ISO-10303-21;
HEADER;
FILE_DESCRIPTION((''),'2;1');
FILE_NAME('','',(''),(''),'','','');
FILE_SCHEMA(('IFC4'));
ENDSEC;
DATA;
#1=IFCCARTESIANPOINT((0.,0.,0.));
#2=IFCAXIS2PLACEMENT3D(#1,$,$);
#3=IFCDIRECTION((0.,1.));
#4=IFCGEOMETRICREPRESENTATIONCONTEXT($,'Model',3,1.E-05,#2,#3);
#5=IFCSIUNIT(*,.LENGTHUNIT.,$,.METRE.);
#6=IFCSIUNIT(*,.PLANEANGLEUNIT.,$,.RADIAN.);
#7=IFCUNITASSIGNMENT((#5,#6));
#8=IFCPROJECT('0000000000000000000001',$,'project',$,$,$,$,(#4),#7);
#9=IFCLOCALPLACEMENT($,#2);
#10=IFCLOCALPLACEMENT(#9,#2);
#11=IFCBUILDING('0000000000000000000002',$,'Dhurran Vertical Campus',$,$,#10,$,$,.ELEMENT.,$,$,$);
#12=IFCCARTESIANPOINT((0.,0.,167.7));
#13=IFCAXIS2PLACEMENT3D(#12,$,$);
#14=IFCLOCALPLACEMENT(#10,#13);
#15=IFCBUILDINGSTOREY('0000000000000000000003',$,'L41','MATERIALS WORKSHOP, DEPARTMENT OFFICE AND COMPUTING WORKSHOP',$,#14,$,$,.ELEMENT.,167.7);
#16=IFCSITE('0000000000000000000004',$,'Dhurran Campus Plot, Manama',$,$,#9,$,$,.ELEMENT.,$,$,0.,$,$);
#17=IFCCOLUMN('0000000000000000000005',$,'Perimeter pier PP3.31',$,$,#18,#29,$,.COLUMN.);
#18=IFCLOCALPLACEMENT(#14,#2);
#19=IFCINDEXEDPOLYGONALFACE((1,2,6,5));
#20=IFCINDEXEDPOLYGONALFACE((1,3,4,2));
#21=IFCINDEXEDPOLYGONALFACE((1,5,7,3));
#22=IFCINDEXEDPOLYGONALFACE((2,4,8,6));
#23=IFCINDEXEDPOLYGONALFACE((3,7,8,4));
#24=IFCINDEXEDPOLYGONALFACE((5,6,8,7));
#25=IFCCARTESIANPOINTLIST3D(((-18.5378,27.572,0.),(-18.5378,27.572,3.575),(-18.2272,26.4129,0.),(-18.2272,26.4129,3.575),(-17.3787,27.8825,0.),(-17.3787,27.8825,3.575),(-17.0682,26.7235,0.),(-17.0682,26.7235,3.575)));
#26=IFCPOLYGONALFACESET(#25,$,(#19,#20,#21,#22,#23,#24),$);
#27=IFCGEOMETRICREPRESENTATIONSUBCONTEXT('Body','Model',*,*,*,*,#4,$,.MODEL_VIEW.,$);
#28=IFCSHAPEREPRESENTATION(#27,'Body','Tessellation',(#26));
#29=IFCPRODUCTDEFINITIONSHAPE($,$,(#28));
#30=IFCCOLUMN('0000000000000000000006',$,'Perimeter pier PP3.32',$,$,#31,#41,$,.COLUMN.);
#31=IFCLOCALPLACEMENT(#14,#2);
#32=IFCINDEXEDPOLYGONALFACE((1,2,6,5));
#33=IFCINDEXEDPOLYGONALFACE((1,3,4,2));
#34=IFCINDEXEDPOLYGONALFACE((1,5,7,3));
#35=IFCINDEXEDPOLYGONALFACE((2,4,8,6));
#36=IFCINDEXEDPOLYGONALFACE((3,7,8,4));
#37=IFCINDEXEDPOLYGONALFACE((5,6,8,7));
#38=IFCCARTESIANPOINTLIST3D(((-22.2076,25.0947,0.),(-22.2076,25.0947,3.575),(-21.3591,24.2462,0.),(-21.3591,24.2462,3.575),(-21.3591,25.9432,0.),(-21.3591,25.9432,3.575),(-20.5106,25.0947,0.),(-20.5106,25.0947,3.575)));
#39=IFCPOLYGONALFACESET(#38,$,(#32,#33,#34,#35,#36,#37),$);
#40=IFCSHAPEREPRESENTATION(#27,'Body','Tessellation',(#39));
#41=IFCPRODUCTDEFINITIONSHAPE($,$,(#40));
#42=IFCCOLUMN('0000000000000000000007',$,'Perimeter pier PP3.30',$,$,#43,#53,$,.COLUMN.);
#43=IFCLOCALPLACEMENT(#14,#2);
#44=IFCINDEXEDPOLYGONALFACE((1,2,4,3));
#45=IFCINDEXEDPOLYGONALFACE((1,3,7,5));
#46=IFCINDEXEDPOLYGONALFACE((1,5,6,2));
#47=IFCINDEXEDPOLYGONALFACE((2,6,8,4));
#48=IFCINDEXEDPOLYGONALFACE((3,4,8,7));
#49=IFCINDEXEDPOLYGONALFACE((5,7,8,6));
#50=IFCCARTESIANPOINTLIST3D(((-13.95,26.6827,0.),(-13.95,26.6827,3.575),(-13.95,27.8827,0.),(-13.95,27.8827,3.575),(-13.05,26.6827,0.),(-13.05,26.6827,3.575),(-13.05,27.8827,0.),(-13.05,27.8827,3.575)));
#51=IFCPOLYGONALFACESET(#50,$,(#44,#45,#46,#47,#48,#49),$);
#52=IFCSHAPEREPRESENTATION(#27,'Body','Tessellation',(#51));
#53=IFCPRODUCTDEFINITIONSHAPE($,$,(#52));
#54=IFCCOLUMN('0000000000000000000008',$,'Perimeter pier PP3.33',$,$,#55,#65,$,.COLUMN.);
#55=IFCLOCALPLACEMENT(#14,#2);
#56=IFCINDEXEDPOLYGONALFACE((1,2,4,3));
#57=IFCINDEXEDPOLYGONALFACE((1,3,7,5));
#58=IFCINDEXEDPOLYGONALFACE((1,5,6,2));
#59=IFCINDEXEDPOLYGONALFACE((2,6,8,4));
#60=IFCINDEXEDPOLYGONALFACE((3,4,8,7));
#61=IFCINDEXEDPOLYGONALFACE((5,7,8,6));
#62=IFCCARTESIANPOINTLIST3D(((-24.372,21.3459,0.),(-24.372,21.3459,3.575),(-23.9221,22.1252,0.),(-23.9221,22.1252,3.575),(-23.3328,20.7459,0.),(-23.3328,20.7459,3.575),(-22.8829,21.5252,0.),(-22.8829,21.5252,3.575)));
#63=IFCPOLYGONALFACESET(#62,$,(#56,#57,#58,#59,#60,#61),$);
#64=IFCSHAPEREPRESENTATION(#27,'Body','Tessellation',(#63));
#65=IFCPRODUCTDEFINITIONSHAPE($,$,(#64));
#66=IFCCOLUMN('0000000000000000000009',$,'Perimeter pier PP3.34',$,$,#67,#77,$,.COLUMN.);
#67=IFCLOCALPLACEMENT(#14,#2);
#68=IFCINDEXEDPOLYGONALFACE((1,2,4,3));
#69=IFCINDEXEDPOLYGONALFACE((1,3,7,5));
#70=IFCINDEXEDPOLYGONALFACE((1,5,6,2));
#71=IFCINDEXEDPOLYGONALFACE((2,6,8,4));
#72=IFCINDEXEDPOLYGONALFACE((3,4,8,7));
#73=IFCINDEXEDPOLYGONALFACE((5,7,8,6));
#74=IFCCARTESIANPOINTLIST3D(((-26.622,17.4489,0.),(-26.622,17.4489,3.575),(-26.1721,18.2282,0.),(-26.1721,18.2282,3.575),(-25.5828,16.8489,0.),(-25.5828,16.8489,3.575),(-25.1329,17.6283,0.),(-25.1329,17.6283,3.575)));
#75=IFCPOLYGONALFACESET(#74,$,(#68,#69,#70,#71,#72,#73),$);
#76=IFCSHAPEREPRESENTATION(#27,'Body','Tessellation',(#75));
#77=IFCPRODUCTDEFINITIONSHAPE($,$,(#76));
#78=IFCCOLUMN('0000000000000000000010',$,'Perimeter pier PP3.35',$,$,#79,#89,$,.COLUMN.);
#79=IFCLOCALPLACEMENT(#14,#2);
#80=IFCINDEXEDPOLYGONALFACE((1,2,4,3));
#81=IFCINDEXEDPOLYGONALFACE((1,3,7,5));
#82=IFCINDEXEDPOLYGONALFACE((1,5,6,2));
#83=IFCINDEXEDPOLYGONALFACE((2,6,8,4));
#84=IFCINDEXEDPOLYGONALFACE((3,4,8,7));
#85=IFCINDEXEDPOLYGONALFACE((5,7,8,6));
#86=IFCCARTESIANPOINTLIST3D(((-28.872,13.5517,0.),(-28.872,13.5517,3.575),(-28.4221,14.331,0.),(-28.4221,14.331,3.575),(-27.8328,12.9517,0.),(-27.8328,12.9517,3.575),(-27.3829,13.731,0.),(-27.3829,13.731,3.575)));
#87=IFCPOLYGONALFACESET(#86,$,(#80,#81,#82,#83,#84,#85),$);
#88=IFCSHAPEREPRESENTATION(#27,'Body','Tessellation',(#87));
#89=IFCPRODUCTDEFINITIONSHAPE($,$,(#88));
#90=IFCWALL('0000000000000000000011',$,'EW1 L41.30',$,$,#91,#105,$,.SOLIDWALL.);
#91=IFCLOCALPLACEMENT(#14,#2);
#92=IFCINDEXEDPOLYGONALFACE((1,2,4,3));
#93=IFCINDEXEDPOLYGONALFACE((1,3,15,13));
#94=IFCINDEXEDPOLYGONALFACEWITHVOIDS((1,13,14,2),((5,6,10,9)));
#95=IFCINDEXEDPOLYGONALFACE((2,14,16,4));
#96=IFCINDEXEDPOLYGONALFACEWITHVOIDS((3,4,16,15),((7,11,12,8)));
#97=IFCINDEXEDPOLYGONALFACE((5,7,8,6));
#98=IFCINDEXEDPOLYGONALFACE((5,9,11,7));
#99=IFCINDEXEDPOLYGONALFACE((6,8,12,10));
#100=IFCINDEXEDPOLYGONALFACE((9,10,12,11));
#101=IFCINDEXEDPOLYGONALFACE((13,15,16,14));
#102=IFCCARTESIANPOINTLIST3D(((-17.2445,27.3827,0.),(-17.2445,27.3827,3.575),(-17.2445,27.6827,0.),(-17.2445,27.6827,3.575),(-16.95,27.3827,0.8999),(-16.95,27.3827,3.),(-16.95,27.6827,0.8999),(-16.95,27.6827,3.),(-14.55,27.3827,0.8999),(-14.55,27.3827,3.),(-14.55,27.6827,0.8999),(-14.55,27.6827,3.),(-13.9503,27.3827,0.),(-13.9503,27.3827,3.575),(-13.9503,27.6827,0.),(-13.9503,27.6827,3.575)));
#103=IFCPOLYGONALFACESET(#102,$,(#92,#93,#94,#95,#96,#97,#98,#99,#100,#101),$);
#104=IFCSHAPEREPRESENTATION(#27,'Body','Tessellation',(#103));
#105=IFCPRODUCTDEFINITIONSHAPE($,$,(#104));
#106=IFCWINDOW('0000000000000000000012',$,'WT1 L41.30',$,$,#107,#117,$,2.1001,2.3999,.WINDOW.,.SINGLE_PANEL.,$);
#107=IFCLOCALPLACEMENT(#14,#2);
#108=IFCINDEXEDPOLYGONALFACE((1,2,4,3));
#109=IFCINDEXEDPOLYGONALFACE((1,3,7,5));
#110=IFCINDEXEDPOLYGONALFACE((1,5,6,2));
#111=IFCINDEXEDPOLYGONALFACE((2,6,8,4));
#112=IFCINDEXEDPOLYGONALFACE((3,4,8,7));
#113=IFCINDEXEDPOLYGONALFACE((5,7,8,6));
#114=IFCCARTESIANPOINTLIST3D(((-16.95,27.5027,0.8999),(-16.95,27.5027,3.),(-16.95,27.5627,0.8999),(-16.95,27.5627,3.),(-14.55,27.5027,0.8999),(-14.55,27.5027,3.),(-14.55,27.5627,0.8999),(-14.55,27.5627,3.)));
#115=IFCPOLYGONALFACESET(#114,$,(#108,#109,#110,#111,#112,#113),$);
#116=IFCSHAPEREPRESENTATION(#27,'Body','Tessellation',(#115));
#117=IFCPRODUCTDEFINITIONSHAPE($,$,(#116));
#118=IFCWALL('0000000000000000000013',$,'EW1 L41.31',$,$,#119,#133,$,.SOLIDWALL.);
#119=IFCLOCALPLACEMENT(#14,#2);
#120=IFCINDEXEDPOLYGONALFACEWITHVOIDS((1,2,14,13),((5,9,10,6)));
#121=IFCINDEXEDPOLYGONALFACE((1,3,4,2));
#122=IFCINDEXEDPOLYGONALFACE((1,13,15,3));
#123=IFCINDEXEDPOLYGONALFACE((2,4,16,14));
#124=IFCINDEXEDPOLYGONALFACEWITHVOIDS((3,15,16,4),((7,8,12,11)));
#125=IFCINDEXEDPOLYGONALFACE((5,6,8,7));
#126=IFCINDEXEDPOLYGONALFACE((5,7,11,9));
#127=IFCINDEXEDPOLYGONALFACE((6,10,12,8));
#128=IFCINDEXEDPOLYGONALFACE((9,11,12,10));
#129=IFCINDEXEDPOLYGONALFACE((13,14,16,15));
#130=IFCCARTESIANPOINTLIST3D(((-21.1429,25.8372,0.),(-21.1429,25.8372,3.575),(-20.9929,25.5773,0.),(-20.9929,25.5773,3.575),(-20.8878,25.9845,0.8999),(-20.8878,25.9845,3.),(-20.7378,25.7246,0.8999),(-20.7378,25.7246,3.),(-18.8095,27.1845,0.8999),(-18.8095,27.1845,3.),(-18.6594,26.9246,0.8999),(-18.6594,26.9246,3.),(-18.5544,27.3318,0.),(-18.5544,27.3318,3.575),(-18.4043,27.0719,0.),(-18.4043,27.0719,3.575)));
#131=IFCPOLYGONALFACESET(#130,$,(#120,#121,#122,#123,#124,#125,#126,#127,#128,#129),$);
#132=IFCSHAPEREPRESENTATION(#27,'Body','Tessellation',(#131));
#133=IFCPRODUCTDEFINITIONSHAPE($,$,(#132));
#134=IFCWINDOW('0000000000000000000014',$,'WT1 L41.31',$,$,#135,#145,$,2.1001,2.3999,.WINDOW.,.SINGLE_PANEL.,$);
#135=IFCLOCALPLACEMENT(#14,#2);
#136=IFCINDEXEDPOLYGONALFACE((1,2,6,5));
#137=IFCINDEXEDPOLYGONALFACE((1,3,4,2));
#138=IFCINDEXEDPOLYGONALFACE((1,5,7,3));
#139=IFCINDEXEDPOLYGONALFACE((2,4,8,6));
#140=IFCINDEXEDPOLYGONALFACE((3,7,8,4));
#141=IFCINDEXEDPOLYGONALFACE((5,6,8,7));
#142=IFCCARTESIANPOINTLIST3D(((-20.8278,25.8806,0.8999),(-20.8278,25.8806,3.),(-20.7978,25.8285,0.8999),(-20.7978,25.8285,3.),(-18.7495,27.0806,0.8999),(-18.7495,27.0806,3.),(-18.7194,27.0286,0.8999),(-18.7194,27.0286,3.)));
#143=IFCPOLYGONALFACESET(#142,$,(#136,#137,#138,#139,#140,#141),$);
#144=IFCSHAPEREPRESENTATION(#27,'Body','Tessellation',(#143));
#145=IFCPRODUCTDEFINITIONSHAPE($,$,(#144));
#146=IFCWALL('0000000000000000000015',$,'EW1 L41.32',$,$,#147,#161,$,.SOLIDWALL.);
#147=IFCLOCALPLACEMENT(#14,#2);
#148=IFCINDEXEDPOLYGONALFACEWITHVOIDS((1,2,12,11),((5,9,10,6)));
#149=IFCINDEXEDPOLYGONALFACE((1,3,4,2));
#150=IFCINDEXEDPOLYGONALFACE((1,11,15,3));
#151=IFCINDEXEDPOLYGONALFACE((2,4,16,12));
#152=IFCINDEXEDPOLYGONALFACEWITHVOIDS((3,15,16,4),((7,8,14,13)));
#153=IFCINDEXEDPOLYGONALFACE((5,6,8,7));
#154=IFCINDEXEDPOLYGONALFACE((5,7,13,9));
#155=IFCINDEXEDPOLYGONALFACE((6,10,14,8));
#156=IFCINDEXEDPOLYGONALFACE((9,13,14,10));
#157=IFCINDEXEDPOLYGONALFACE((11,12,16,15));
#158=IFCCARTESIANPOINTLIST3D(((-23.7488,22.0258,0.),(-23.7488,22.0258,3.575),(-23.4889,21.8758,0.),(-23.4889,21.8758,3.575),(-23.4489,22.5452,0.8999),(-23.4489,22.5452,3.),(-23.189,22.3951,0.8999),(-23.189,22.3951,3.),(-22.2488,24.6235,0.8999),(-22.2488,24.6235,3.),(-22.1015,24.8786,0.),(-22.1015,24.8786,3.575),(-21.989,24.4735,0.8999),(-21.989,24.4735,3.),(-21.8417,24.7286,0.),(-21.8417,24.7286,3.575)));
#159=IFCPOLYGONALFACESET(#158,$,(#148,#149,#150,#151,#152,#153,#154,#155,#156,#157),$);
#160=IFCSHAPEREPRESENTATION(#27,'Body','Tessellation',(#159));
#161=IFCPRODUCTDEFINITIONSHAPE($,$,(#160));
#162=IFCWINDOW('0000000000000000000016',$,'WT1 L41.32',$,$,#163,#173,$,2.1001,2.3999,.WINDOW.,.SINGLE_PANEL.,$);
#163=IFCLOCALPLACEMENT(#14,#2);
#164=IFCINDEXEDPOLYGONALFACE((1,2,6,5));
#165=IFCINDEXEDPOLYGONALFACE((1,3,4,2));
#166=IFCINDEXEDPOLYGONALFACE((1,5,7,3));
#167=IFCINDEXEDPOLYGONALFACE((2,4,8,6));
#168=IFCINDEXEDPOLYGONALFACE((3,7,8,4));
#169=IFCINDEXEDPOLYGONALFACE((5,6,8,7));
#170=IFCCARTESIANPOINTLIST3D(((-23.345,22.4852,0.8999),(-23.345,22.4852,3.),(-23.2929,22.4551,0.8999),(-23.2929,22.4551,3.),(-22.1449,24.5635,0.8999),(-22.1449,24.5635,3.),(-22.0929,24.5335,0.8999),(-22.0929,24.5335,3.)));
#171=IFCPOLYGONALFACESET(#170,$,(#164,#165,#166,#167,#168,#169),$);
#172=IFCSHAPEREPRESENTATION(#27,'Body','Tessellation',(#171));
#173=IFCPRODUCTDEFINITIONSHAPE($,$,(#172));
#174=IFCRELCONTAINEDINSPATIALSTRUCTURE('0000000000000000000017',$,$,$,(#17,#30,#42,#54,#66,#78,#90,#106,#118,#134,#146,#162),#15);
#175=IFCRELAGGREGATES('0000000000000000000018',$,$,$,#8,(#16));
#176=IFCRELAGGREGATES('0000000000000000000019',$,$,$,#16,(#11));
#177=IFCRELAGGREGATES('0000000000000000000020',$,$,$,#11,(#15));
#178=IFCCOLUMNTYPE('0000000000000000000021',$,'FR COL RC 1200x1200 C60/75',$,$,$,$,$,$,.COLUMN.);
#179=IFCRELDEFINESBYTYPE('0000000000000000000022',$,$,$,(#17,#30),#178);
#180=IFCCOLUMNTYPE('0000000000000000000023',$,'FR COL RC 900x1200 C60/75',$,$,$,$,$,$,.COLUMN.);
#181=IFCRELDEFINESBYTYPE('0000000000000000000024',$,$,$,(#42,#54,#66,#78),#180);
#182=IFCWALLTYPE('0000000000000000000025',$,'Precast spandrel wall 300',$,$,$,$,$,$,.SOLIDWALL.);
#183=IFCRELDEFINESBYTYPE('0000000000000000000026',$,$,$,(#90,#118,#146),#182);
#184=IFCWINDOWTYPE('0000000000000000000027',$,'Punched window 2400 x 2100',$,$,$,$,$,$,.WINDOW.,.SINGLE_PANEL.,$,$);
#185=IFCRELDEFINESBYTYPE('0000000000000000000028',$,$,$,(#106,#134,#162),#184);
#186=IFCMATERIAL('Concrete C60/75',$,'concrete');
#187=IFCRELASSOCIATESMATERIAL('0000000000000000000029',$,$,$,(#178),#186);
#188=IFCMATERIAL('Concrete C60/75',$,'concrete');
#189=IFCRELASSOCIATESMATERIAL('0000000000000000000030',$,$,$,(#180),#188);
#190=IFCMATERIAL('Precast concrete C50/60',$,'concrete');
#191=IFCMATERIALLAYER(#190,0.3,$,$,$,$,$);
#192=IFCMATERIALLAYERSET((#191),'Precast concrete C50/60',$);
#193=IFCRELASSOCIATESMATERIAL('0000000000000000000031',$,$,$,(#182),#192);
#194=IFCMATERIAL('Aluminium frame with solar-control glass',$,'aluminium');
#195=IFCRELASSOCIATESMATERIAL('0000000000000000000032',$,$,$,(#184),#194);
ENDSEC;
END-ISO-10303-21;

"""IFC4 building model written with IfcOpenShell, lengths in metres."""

from ifc_helpers import new_model, si_unit, direction, frame, frame_2d, origin, origin_2d, place, context, subcontext, project, spatial, rectangle, extrude, material, layer, layer_set, material_profile, profile_set, type_object, element, fill, save


model = new_model("IFC4")

# Units and contexts
model_context = context("Model", 3, precision=1e-05, world=origin(), true_north=direction((0.0, 1.0)))
body_context = subcontext(model_context, "Body", "Model", "MODEL_VIEW")
ifc_project = project(units=[si_unit("LENGTHUNIT", "METRE"), si_unit("PLANEANGLEUNIT", "RADIAN")], contexts=[model_context])

# Site, building, storey
site_placement = place(None, origin())
site = spatial("IfcSite", under=ifc_project, at=site_placement, Name="Dhurran Campus Plot, Manama", CompositionType="ELEMENT", RefElevation=0.0)
building_placement = place(site_placement, origin())
building = spatial("IfcBuilding", under=site, at=building_placement, Name="Dhurran Vertical Campus", CompositionType="ELEMENT")
storey_placement = place(building_placement, frame((0.0, 0.0, 167.7)))
storey = spatial("IfcBuildingStorey", under=building, at=storey_placement, Name="L41", Description="MATERIALS WORKSHOP, DEPARTMENT OFFICE AND COMPUTING WORKSHOP", CompositionType="ELEMENT", Elevation=167.7)

# Columns
ifc_material_1 = material(Name="Concrete C60/75", Category="concrete")
ifc_material_profile_1 = material_profile(ifc_material_1, rectangle(XDim=1.2, YDim=1.2, at=origin_2d()), Name="RC 1200x1200")
ifc_profile_set_1 = profile_set([ifc_material_profile_1], Name="Concrete C60/75")
column_type_1 = type_object("IfcColumnType", Name="FR COL RC 1200x1200 C60/75", PredefinedType="COLUMN", material=ifc_profile_set_1)
for number, where, z_axis, x_axis, name in (
    (1, (-17.803, 27.1477, 0.0), (0.0, 0.0, 1.0), (-0.965926, -0.258819, 0.0), "Perimeter pier PP3.31"),
    (2, (-21.3591, 25.0947, 0.0), (0.0, 0.0, 1.0), (-0.707107, -0.707107, 0.0), "Perimeter pier PP3.32"),
):
    element("IfcColumn", number, at=place(storey_placement, frame(where, z_axis=z_axis, x_axis=x_axis)), inside=storey, type_object=column_type_1, Name=name, PredefinedType="COLUMN", context=body_context, shape_type="SweptSolid", body=[
        extrude(rectangle(XDim=1.2, YDim=1.2, at=origin_2d()), origin(), (0.0, 0.0, 1.0), 3.575),
    ])
ifc_material_2 = material(Name="Concrete C60/75", Category="concrete")
ifc_material_profile_2 = material_profile(ifc_material_2, rectangle(XDim=0.8999, YDim=1.2, at=origin_2d()), Name="RC 900x1200")
ifc_profile_set_2 = profile_set([ifc_material_profile_2], Name="Concrete C60/75")
column_type_2 = type_object("IfcColumnType", Name="FR COL RC 900x1200 C60/75", PredefinedType="COLUMN", material=ifc_profile_set_2)
for number, where, z_axis, x_axis, name in (
    (3, (-13.5, 27.2827, 0.0), (0.0, 0.0, 1.0), (-1.0, 0.0, 0.0), "Perimeter pier PP3.30"),
    (4, (-23.6274, 21.4355, 0.0), (0.0, 0.0, 1.0), (-0.5, -0.866025, 0.0), "Perimeter pier PP3.33"),
    (5, (-25.8774, 17.5386, 0.0), (0.0, 0.0, 1.0), (-0.5, -0.866025, 0.0), "Perimeter pier PP3.34"),
    (6, (-28.1274, 13.6414, 0.0), (0.0, 0.0, 1.0), (-0.5, -0.866025, 0.0), "Perimeter pier PP3.35"),
):
    element("IfcColumn", number, at=place(storey_placement, frame(where, z_axis=z_axis, x_axis=x_axis)), inside=storey, type_object=column_type_2, Name=name, PredefinedType="COLUMN", context=body_context, shape_type="SweptSolid", body=[
        extrude(rectangle(XDim=0.8999, YDim=1.2, at=origin_2d()), origin(), (0.0, 0.0, 1.0), 3.575),
    ])

# Walls, openings, windows
ifc_material_3 = material(Name="Precast concrete C50/60", Category="concrete")
ifc_layer_1 = layer(ifc_material_3, 0.3)
ifc_layer_set_1 = layer_set([ifc_layer_1], Name="Precast concrete C50/60")
wall_type_1 = type_object("IfcWallType", Name="Precast spandrel wall 300", PredefinedType="SOLIDWALL", material=ifc_layer_set_1)
wall_1_placement = place(storey_placement, frame((-13.9504, 27.5327, 0.0), z_axis=(0.0, 0.0, 1.0), x_axis=(-1.0, 0.0, 0.0)))
wall_1 = element("IfcWall", 7, at=wall_1_placement, inside=storey, type_object=wall_type_1, Name="EW1 L41.30", PredefinedType="SOLIDWALL", context=body_context, shape_type="SweptSolid", body=[
    extrude(rectangle(XDim=3.2942, YDim=0.3, at=frame_2d((1.647, 0.0))), origin(), (0.0, 0.0, 1.0), 3.575),
])
opening_1_placement = place(wall_1_placement, frame((0.5996, 0.0, 0.8999)))
opening_1 = element("IfcOpeningElement", 8, at=opening_1_placement, cuts=wall_1, PredefinedType="OPENING", context=body_context, shape_type="SweptSolid", body=[
    extrude(rectangle(XDim=2.3999, YDim=2.1001, at=frame_2d((1.2, 1.05))), frame((0.0, 0.1599, 0.0), z_axis=(0.0, -1.0, 0.0), x_axis=(1.0, 0.0, 0.0)), (0.0, 0.0, 1.0), 0.3201),
])
ifc_material_4 = material(Name="Aluminium frame with solar-control glass", Category="aluminium")
window_type = type_object("IfcWindowType", Name="Punched window 2400 x 2100", PartitioningType="SINGLE_PANEL", PredefinedType="WINDOW", material=ifc_material_4)
window_1_placement = place(opening_1_placement, origin())
window_1 = element("IfcWindow", 9, at=window_1_placement, inside=storey, type_object=window_type, Name="WT1 L41.30", OverallHeight=2.1001, OverallWidth=2.3999, PartitioningType="SINGLE_PANEL", PredefinedType="WINDOW", context=body_context, shape_type="SweptSolid", body=[
    extrude(rectangle(XDim=2.3999, YDim=2.1001, at=frame_2d((1.2, 1.05))), frame((0.0, 0.03, 0.0), z_axis=(0.0, -1.0, 0.0), x_axis=(1.0, 0.0, 0.0)), (0.0, 0.0, 1.0), 0.0601),
])
fill(opening_1, window_1)
wall_2_placement = place(storey_placement, frame((-18.4792, 27.2019, 0.0), z_axis=(0.0, 0.0, 1.0), x_axis=(-0.866013, -0.500022, 0.0)))
wall_2 = element("IfcWall", 10, at=wall_2_placement, inside=storey, type_object=wall_type_1, Name="EW1 L41.31", PredefinedType="SOLIDWALL", context=body_context, shape_type="SweptSolid", body=[
    extrude(rectangle(XDim=2.989, YDim=0.3, at=frame_2d((1.4946, 0.0))), origin(), (0.0, 0.0, 1.0), 3.575),
])
opening_2_placement = place(wall_2_placement, frame((0.2947, 0.0, 0.8999)))
opening_2 = element("IfcOpeningElement", 11, at=opening_2_placement, cuts=wall_2, PredefinedType="OPENING", context=body_context, shape_type="SweptSolid", body=[
    extrude(rectangle(XDim=2.3999, YDim=2.1001, at=frame_2d((1.2, 1.05))), frame((0.0, 0.1599, 0.0), z_axis=(0.0, -1.0, 0.0), x_axis=(1.0, 0.0, 0.0)), (0.0, 0.0, 1.0), 0.3201),
])
window_2_placement = place(opening_2_placement, origin())
window_2 = element("IfcWindow", 12, at=window_2_placement, inside=storey, type_object=window_type, Name="WT1 L41.31", OverallHeight=2.1001, OverallWidth=2.3999, PartitioningType="SINGLE_PANEL", PredefinedType="WINDOW", context=body_context, shape_type="SweptSolid", body=[
    extrude(rectangle(XDim=2.3999, YDim=2.1001, at=frame_2d((1.2, 1.05))), frame((0.0, 0.03, 0.0), z_axis=(0.0, -1.0, 0.0), x_axis=(1.0, 0.0, 0.0)), (0.0, 0.0, 1.0), 0.0601),
])
fill(opening_2, window_2)
wall_3_placement = place(storey_placement, frame((-21.9717, 24.8035, 0.0), z_axis=(0.0, 0.0, 1.0), x_axis=(-0.500037, -0.866004, 0.0)))
wall_3 = element("IfcWall", 13, at=wall_3_placement, inside=storey, type_object=wall_type_1, Name="EW1 L41.32", PredefinedType="SOLIDWALL", context=body_context, shape_type="SweptSolid", body=[
    extrude(rectangle(XDim=3.2942, YDim=0.3, at=frame_2d((1.647, 0.0))), origin(), (0.0, 0.0, 1.0), 3.575),
])
opening_3_placement = place(wall_3_placement, frame((0.2944, 0.0, 0.8999)))
opening_3 = element("IfcOpeningElement", 14, at=opening_3_placement, cuts=wall_3, PredefinedType="OPENING", context=body_context, shape_type="SweptSolid", body=[
    extrude(rectangle(XDim=2.3999, YDim=2.1001, at=frame_2d((1.2, 1.05))), frame((0.0, 0.1599, 0.0), z_axis=(0.0, -1.0, 0.0), x_axis=(1.0, 0.0, 0.0)), (0.0, 0.0, 1.0), 0.3201),
])
window_3_placement = place(opening_3_placement, origin())
window_3 = element("IfcWindow", 15, at=window_3_placement, inside=storey, type_object=window_type, Name="WT1 L41.32", OverallHeight=2.1001, OverallWidth=2.3999, PartitioningType="SINGLE_PANEL", PredefinedType="WINDOW", context=body_context, shape_type="SweptSolid", body=[
    extrude(rectangle(XDim=2.3999, YDim=2.1001, at=frame_2d((1.2, 1.05))), frame((0.0, 0.03, 0.0), z_axis=(0.0, -1.0, 0.0), x_axis=(1.0, 0.0, 0.0)), (0.0, 0.0, 1.0), 0.0601),
])
fill(opening_3, window_3)

save(model, "model.ifc")
